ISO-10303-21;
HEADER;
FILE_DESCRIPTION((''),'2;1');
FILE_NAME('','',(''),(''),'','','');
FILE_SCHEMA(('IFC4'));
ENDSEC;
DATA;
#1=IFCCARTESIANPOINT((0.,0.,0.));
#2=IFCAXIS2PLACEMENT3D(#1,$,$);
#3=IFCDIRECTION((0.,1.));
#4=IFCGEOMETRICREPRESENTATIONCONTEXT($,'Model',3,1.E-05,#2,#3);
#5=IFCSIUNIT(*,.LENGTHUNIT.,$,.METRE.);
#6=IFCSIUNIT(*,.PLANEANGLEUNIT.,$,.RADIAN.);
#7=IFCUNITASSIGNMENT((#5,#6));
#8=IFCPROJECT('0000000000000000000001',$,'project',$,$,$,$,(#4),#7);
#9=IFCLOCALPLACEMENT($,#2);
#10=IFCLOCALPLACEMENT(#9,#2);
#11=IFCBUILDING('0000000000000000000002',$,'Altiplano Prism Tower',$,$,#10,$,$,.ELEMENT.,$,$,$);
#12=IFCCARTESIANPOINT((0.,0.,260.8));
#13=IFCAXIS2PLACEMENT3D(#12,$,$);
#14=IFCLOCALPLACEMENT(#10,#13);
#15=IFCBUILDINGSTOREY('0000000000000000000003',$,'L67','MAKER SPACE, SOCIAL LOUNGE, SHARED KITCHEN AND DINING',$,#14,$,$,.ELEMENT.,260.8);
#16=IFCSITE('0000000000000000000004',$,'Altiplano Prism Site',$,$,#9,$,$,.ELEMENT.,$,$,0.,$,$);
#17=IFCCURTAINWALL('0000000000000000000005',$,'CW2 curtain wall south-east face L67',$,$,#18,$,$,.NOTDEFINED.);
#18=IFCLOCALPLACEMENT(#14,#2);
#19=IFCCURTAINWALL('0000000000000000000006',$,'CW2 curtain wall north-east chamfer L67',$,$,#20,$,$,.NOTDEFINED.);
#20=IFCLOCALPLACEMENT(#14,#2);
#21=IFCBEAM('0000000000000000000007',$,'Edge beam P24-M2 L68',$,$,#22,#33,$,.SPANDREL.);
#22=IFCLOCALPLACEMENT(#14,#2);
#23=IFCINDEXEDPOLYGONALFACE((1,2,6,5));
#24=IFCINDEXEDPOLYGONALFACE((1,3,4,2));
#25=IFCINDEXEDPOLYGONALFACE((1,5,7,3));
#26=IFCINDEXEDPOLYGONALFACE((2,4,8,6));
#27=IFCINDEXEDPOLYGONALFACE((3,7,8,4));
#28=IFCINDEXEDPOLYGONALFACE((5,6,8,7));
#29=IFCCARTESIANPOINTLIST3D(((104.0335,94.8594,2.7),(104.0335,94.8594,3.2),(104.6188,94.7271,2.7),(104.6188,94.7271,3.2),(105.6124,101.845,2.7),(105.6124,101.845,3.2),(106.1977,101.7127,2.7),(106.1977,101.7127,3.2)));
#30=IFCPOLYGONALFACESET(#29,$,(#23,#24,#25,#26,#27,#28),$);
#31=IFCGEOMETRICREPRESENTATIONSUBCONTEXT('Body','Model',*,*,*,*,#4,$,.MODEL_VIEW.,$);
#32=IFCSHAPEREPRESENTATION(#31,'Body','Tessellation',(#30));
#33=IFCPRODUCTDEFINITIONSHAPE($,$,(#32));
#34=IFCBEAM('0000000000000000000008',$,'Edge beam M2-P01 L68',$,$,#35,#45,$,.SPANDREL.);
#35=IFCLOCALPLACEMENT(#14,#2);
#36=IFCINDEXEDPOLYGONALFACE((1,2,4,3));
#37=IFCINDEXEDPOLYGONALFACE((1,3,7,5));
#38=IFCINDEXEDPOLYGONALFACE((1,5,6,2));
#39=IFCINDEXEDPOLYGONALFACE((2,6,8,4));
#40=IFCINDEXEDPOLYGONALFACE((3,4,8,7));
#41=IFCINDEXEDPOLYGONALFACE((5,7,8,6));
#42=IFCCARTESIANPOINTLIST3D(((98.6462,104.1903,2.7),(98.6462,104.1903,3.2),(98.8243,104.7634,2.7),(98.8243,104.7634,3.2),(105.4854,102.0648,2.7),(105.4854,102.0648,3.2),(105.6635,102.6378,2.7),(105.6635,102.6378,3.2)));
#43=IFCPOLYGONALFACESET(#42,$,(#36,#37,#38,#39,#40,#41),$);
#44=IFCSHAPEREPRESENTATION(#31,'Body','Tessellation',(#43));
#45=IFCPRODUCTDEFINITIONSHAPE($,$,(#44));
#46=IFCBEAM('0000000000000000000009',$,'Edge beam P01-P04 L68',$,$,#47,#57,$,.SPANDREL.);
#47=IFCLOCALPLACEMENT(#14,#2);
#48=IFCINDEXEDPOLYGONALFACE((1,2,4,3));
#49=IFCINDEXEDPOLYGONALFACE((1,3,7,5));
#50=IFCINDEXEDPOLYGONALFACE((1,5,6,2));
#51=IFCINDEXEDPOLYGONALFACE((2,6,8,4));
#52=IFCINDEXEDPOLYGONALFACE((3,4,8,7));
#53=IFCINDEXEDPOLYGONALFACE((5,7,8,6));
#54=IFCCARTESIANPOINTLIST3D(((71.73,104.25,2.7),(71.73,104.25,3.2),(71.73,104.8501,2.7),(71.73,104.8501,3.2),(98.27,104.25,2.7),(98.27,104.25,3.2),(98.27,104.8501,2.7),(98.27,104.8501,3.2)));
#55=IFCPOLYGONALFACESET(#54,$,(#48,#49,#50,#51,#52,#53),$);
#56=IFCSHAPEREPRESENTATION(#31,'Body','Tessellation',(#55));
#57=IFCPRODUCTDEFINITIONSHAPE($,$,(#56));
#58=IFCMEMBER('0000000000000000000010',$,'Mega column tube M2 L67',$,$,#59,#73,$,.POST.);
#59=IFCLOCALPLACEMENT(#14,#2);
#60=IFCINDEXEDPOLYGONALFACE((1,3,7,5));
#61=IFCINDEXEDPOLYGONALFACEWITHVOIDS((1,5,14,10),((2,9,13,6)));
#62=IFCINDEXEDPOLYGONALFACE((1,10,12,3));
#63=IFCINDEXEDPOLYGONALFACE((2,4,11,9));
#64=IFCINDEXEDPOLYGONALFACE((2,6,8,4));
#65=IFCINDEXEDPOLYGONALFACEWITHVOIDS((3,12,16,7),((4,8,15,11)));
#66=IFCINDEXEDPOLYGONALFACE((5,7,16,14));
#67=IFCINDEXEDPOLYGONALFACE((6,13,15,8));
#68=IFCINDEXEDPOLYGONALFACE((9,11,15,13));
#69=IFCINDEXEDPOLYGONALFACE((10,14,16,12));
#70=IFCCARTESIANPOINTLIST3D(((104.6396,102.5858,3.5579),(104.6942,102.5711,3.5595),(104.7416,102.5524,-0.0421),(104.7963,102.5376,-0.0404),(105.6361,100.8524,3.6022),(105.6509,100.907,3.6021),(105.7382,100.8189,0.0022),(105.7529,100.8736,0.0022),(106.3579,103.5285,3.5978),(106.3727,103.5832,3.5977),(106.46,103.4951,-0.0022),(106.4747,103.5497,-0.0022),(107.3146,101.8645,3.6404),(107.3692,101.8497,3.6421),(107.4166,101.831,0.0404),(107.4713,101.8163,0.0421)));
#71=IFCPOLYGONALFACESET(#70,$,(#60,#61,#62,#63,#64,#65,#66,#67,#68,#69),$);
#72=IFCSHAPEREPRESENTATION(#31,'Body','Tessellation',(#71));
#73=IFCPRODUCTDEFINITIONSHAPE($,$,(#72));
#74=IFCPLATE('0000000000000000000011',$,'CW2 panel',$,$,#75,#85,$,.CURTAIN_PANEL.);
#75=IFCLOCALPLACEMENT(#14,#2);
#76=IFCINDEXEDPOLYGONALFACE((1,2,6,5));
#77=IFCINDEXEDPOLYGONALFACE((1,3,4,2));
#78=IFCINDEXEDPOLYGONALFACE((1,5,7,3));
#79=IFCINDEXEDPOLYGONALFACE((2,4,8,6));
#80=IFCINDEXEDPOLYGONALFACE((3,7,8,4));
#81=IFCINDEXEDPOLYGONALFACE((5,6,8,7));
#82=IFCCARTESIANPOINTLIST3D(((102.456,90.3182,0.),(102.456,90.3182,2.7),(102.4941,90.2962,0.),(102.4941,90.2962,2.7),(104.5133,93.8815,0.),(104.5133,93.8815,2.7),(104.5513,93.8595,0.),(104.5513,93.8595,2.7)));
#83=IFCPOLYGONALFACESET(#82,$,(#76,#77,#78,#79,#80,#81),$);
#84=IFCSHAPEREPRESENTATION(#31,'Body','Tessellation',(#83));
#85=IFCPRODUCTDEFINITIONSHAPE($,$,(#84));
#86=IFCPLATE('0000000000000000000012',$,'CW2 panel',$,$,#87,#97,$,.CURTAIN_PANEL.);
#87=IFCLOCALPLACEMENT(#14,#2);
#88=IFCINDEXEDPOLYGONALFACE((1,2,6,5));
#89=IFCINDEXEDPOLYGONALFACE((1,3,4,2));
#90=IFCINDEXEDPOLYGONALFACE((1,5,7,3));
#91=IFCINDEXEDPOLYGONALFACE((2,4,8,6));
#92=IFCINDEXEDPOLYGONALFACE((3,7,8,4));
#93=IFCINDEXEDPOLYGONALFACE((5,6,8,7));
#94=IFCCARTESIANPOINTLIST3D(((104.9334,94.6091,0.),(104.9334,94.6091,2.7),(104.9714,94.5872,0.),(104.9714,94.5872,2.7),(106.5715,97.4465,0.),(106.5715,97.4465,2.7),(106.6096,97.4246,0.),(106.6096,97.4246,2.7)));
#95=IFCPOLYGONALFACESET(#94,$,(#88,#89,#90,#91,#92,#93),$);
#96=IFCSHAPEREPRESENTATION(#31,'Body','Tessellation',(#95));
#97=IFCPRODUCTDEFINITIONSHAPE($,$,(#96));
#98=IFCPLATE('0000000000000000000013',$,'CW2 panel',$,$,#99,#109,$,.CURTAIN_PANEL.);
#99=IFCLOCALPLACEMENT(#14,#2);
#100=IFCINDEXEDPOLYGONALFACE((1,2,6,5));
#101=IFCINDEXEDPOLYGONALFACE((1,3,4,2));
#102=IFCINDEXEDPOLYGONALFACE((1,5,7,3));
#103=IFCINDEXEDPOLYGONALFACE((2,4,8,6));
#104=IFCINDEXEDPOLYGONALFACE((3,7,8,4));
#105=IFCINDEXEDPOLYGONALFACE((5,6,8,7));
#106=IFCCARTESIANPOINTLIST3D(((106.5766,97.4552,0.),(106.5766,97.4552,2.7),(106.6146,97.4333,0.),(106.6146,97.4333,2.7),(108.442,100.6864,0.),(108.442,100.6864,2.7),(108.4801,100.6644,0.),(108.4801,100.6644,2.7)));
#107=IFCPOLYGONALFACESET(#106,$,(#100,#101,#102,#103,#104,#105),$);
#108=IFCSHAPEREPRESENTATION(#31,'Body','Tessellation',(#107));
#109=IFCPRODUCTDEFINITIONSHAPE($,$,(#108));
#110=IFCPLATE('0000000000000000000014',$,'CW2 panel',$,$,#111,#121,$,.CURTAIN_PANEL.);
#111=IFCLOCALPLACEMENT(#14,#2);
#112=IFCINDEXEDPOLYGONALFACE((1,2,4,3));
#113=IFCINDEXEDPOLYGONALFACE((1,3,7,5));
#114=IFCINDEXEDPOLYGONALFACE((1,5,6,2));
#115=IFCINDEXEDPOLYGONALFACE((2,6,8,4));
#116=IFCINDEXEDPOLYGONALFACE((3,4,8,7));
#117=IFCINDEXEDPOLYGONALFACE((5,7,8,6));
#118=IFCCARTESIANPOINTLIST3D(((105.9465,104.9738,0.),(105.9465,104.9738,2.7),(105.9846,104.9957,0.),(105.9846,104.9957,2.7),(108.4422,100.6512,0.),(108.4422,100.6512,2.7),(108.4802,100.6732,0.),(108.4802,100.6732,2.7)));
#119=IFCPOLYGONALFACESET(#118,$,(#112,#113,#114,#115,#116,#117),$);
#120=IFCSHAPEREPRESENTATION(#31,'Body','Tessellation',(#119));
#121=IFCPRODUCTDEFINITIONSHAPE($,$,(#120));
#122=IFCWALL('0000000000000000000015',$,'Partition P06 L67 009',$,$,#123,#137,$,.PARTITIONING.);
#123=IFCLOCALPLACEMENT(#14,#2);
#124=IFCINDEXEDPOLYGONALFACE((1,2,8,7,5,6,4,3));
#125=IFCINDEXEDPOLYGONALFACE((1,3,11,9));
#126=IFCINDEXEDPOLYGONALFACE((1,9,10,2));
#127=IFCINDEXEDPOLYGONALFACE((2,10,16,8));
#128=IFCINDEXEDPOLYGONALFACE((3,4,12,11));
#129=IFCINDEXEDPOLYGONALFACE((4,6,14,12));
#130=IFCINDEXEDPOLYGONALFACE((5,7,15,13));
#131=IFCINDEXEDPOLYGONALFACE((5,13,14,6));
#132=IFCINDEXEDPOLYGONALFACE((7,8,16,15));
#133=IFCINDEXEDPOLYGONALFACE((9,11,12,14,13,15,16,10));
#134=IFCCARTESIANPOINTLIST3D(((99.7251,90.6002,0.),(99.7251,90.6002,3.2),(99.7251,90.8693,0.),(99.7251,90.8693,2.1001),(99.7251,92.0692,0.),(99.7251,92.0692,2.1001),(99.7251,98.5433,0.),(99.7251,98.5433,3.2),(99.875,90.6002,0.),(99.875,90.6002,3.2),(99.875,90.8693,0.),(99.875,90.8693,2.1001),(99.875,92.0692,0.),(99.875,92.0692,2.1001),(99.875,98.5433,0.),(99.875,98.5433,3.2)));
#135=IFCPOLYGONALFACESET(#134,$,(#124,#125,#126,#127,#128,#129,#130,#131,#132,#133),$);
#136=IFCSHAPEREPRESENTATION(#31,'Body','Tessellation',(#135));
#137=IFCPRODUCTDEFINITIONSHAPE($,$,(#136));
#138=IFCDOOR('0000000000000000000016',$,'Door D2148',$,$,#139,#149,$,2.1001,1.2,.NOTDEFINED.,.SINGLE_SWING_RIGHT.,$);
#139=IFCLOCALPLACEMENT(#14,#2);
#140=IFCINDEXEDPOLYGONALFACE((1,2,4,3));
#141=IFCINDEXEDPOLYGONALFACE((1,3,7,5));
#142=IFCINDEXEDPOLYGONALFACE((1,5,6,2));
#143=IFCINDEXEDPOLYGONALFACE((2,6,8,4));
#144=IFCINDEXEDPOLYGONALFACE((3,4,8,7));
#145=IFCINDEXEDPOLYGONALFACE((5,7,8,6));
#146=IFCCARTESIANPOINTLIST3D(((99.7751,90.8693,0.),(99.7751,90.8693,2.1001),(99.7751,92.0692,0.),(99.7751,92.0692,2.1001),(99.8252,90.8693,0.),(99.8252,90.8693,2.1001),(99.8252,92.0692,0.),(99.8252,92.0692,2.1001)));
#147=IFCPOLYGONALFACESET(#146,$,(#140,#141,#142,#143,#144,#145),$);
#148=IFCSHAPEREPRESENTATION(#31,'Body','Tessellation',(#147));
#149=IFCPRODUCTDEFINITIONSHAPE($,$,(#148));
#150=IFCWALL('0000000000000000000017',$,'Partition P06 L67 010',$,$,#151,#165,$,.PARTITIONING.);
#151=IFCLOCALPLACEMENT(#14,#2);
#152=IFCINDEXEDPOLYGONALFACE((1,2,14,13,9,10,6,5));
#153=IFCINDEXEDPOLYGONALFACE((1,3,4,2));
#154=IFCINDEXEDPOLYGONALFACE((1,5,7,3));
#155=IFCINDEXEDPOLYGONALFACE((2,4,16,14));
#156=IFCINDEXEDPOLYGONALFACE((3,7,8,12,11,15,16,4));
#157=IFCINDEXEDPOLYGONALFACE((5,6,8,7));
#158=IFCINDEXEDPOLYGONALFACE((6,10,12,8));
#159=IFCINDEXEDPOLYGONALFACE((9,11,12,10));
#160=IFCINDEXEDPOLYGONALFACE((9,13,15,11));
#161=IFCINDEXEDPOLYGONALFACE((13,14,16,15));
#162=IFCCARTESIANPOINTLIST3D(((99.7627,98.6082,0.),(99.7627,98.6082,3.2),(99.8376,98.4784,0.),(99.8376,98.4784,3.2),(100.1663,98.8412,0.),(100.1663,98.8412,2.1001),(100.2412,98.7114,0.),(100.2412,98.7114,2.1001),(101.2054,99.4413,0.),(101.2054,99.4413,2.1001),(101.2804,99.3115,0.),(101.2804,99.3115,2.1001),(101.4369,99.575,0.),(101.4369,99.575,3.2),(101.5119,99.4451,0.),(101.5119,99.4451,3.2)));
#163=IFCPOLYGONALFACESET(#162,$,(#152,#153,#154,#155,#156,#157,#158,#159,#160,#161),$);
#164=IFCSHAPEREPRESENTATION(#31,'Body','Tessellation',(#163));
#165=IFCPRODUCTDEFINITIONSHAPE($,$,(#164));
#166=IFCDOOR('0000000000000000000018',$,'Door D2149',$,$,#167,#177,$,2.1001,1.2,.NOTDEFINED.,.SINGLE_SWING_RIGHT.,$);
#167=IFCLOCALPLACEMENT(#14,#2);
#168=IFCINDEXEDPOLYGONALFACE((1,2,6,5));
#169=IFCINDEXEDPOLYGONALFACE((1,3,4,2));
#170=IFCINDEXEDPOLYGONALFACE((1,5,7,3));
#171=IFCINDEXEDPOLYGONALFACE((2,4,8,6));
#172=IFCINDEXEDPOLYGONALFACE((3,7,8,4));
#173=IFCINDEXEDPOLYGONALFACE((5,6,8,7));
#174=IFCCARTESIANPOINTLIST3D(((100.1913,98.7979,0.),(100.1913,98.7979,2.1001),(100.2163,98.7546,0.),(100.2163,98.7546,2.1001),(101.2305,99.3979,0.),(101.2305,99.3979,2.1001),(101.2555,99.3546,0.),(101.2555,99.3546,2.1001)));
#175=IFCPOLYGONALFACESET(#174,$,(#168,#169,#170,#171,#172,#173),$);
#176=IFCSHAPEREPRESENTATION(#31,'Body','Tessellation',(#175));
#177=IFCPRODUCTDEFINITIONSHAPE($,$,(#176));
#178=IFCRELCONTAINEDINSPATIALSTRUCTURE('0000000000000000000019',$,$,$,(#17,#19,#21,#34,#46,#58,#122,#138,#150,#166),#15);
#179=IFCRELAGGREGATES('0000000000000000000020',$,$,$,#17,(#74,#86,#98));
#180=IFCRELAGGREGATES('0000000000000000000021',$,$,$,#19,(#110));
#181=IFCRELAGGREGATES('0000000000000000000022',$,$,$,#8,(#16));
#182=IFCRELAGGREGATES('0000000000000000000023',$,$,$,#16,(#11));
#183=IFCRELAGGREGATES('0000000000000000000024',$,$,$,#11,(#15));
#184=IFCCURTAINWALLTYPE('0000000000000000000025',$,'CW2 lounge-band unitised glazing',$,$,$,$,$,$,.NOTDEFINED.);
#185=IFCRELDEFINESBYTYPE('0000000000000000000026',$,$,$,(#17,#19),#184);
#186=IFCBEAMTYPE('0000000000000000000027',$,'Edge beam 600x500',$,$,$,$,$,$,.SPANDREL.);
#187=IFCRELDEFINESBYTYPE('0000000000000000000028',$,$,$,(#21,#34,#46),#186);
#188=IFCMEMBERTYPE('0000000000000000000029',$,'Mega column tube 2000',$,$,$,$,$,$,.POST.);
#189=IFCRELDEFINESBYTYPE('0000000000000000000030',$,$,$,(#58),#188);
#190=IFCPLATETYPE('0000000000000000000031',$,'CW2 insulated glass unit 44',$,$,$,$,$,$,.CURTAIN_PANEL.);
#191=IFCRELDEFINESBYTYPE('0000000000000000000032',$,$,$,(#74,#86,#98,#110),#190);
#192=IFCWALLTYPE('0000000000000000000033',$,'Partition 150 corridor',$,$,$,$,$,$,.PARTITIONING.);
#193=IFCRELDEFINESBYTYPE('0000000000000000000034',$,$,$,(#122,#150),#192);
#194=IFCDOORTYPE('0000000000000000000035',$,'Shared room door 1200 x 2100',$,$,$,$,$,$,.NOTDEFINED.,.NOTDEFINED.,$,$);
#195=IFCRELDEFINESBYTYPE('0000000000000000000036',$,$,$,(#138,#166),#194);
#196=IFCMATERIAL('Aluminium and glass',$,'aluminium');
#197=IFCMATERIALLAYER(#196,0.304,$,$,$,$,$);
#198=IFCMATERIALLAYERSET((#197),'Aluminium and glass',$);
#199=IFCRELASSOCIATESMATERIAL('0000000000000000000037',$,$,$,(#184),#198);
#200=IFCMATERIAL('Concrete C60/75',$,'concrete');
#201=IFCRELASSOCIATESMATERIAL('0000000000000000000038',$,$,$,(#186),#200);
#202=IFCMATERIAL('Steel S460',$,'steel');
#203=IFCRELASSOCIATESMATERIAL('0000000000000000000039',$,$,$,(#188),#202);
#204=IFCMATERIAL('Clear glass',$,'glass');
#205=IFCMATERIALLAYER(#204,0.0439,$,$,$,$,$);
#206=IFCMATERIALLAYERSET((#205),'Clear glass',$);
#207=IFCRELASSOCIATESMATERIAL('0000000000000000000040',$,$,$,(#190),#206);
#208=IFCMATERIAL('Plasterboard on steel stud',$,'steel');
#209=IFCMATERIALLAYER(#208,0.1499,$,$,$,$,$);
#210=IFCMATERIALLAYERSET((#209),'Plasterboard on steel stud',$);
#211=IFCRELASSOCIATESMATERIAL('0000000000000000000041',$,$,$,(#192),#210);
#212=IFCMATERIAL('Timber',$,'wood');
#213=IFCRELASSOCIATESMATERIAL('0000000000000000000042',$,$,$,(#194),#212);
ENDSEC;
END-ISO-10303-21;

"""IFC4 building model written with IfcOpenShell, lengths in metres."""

from ifc_helpers import new_model, si_unit, direction, frame, frame_2d, origin, origin_2d, place, context, subcontext, project, spatial, rectangle, hollow_rectangle, extrude, material, layer, layer_set, material_profile, profile_set, type_object, element, fill, aggregate, save


model = new_model("IFC4")

# Units and contexts
model_context = context("Model", 3, precision=1e-05, world=origin(), true_north=direction((0.0, 1.0)))
body_context = subcontext(model_context, "Body", "Model", "MODEL_VIEW")
ifc_project = project(units=[si_unit("LENGTHUNIT", "METRE"), si_unit("PLANEANGLEUNIT", "RADIAN")], contexts=[model_context])

# Site, building, storey
site_placement = place(None, origin())
site = spatial("IfcSite", under=ifc_project, at=site_placement, Name="Altiplano Prism Site", CompositionType="ELEMENT", RefElevation=0.0)
building_placement = place(site_placement, origin())
building = spatial("IfcBuilding", under=site, at=building_placement, Name="Altiplano Prism Tower", CompositionType="ELEMENT")
storey_placement = place(building_placement, frame((0.0, 0.0, 260.8)))
storey = spatial("IfcBuildingStorey", under=building, at=storey_placement, Name="L67", Description="MAKER SPACE, SOCIAL LOUNGE, SHARED KITCHEN AND DINING", CompositionType="ELEMENT", Elevation=260.8)

# Shared definitions
ifc_material_1 = material(Name="Concrete C60/75", Category="concrete")

# Curtain wall
ifc_material_2 = material(Name="Aluminium and glass", Category="aluminium")
ifc_layer_1 = layer(ifc_material_2, 0.304)
ifc_layer_set_1 = layer_set([ifc_layer_1], Name="Aluminium and glass")
curtain_wall_type = type_object("IfcCurtainWallType", Name="CW2 lounge-band unitised glazing", PredefinedType="NOTDEFINED", material=ifc_layer_set_1)
curtain_wall_1_placement = place(storey_placement, origin())
curtain_wall_1 = element("IfcCurtainWall", 1, at=curtain_wall_1_placement, inside=storey, type_object=curtain_wall_type, Name="CW2 curtain wall south-east face L67", PredefinedType="NOTDEFINED")

# Curtain wall
curtain_wall_2_placement = place(storey_placement, origin())
curtain_wall_2 = element("IfcCurtainWall", 2, at=curtain_wall_2_placement, inside=storey, type_object=curtain_wall_type, Name="CW2 curtain wall north-east chamfer L67", PredefinedType="NOTDEFINED")

# Beams
ifc_material_profile_1 = material_profile(ifc_material_1, rectangle(XDim=0.6001, YDim=0.5, at=origin_2d()), Name="Edge beam 600x500")
ifc_profile_set_1 = profile_set([ifc_material_profile_1], Name="Concrete C60/75")
beam_type = type_object("IfcBeamType", Name="Edge beam 600x500", PredefinedType="SPANDREL", material=ifc_profile_set_1)
for number, where, z_axis, x_axis, name in (
    (3, (104.3262, 94.7932, 2.95), (0.220455, 0.975397, 0.0), (-0.975397, 0.220455, 0.0), "Edge beam P24-M2 L68"),
    (4, (105.5745, 102.3513, 2.95), (-0.954945, 0.296782, 0.0), (-0.296782, -0.954945, 0.0), "Edge beam M2-P01 L68"),
):
    element("IfcBeam", number, at=place(storey_placement, frame(where, z_axis=z_axis, x_axis=x_axis)), inside=storey, type_object=beam_type, Name=name, PredefinedType="SPANDREL", context=body_context, shape_type="SweptSolid", body=[
        extrude(rectangle(XDim=0.6001, YDim=0.5, at=origin_2d()), origin(), (0.0, 0.0, 1.0), 7.1619),
    ])
beam_placement = place(storey_placement, frame((98.27, 104.55, 2.95), z_axis=(-1.0, 0.0, 0.0), x_axis=(0.0, -1.0, 0.0)))
element("IfcBeam", 5, at=beam_placement, inside=storey, type_object=beam_type, Name="Edge beam P01-P04 L68", PredefinedType="SPANDREL", context=body_context, shape_type="SweptSolid", body=[
    extrude(rectangle(XDim=0.6001, YDim=0.5, at=origin_2d()), origin(), (0.0, 0.0, 1.0), 26.54),
])

# Member
ifc_material_3 = material(Name="Steel S460", Category="steel")
ifc_material_profile_2 = material_profile(ifc_material_3, hollow_rectangle(XDim=2.0, YDim=2.0, WallThickness=0.04, at=origin_2d()), Name="Mega column tube 2000")
ifc_profile_set_2 = profile_set([ifc_material_profile_2], Name="Steel S460")
member_type_1 = type_object("IfcMemberType", Name="Mega column tube 2000", PredefinedType="POST", material=ifc_profile_set_2)
member_1_placement = place(storey_placement, frame((106.1064, 102.1843, 0.0), z_axis=(-0.028336, 0.009287, 0.999555), x_axis=(0.498283, -0.866731, 0.022179)))
element("IfcMember", 6, at=member_1_placement, inside=storey, type_object=member_type_1, Name="Mega column tube M2 L67", PredefinedType="POST", context=body_context, shape_type="SweptSolid", body=[
    extrude(hollow_rectangle(XDim=2.0, YDim=2.0, WallThickness=0.04, at=origin_2d()), origin(), (0.0, 0.0, 1.0), 3.6016),
])

# Plates
ifc_material_4 = material(Name="Clear glass", Category="glass")
ifc_layer_2 = layer(ifc_material_4, 0.0439)
ifc_layer_set_2 = layer_set([ifc_layer_2], Name="Clear glass")
plate_type = type_object("IfcPlateType", Name="CW2 insulated glass unit 44", PredefinedType="CURTAIN_PANEL", material=ifc_layer_set_2)
plate_1_placement = place(storey_placement, frame((103.5037, 92.0889, 0.0), z_axis=(0.0, 0.0, 1.0), x_axis=(0.5, 0.866025, 0.0)))
plate_1 = element("IfcPlate", 7, at=plate_1_placement, type_object=plate_type, Name="CW2 panel", PredefinedType="CURTAIN_PANEL", context=body_context, shape_type="SweptSolid", body=[
    extrude(rectangle(XDim=4.1145, YDim=0.0439, at=origin_2d()), origin(), (0.0, 0.0, 1.0), 2.7),
])
plate_2_placement = place(storey_placement, frame((105.7715, 96.0168, 0.0), z_axis=(0.0, 0.0, 1.0), x_axis=(0.5, 0.866025, 0.0)))
plate_2 = element("IfcPlate", 8, at=plate_2_placement, type_object=plate_type, Name="CW2 panel", PredefinedType="CURTAIN_PANEL", context=body_context, shape_type="SweptSolid", body=[
    extrude(rectangle(XDim=3.2764, YDim=0.0439, at=origin_2d()), origin(), (0.0, 0.0, 1.0), 2.7),
])
plate_3_placement = place(storey_placement, frame((107.5283, 99.0598, 0.0), z_axis=(0.0, 0.0, 1.0), x_axis=(0.5, 0.866025, 0.0)))
plate_3 = element("IfcPlate", 9, at=plate_3_placement, type_object=plate_type, Name="CW2 panel", PredefinedType="CURTAIN_PANEL", context=body_context, shape_type="SweptSolid", body=[
    extrude(rectangle(XDim=3.731, YDim=0.0439, at=origin_2d()), origin(), (0.0, 0.0, 1.0), 2.7),
])
aggregate(curtain_wall_1, [plate_1, plate_2, plate_3])
plate_4_placement = place(storey_placement, frame((107.2134, 102.8235, 0.0), z_axis=(0.0, 0.0, 1.0), x_axis=(-0.5, 0.866025, 0.0)))
plate_4 = element("IfcPlate", 10, at=plate_4_placement, type_object=plate_type, Name="CW2 panel", PredefinedType="CURTAIN_PANEL", context=body_context, shape_type="SweptSolid", body=[
    extrude(rectangle(XDim=4.9912, YDim=0.0439, at=origin_2d()), origin(), (0.0, 0.0, 1.0), 2.7),
])
aggregate(curtain_wall_2, [plate_4])

# Walls, openings, doors
ifc_material_5 = material(Name="Plasterboard on steel stud", Category="steel")
ifc_layer_3 = layer(ifc_material_5, 0.1499)
ifc_layer_set_3 = layer_set([ifc_layer_3], Name="Plasterboard on steel stud")
wall_type_1 = type_object("IfcWallType", Name="Partition 150 corridor", PredefinedType="PARTITIONING", material=ifc_layer_set_3)
wall_1_placement = place(storey_placement, frame((99.8, 90.6001, 0.0), z_axis=(0.0, 0.0, 1.0), x_axis=(0.0, 1.0, 0.0)))
wall_1 = element("IfcWall", 11, at=wall_1_placement, inside=storey, type_object=wall_type_1, Name="Partition P06 L67 009", PredefinedType="PARTITIONING", context=body_context, shape_type="SweptSolid", body=[
    extrude(rectangle(XDim=7.9431, YDim=0.1499, at=frame_2d((3.9717, 0.0))), origin(), (0.0, 0.0, 1.0), 3.2),
])
opening_1_placement = place(wall_1_placement, frame((0.269, 0.0, 0.0)))
opening_1 = element("IfcOpeningElement", 12, at=opening_1_placement, cuts=wall_1, PredefinedType="OPENING", context=body_context, shape_type="SweptSolid", body=[
    extrude(rectangle(XDim=1.2, YDim=2.1001, at=frame_2d((0.6001, 1.05))), frame((0.0, 0.0854, 0.0), z_axis=(0.0, -1.0, 0.0), x_axis=(1.0, 0.0, 0.0)), (0.0, 0.0, 1.0), 0.1709),
])
ifc_material_6 = material(Name="Timber", Category="wood")
door_type_1 = type_object("IfcDoorType", Name="Shared room door 1200 x 2100", OperationType="NOTDEFINED", PredefinedType="NOTDEFINED", material=ifc_material_6)
door_1_placement = place(opening_1_placement, origin())
door_1 = element("IfcDoor", 13, at=door_1_placement, inside=storey, type_object=door_type_1, Name="Door D2148", OperationType="SINGLE_SWING_RIGHT", OverallHeight=2.1001, OverallWidth=1.2, PredefinedType="NOTDEFINED", context=body_context, shape_type="SweptSolid", body=[
    extrude(rectangle(XDim=1.2, YDim=2.1001, at=frame_2d((0.6001, 1.05))), frame((0.0, 0.0249, 0.0), z_axis=(0.0, -1.0, 0.0), x_axis=(1.0, 0.0, 0.0)), (0.0, 0.0, 1.0), 0.05),
])
fill(opening_1, door_1)
wall_2_placement = place(storey_placement, frame((99.8, 98.5432, 0.0), z_axis=(0.0, 0.0, 1.0), x_axis=(0.865996, 0.50005, 0.0)))
wall_2 = element("IfcWall", 14, at=wall_2_placement, inside=storey, type_object=wall_type_1, Name="Partition P06 L67 010", PredefinedType="PARTITIONING", context=body_context, shape_type="SweptSolid", body=[
    extrude(rectangle(XDim=1.9333, YDim=0.1499, at=frame_2d((0.9668, 0.0))), origin(), (0.0, 0.0, 1.0), 3.2),
])
opening_2_placement = place(wall_2_placement, frame((0.4661, 0.0, 0.0)))
opening_2 = element("IfcOpeningElement", 15, at=opening_2_placement, cuts=wall_2, PredefinedType="OPENING", context=body_context, shape_type="SweptSolid", body=[
    extrude(rectangle(XDim=1.2, YDim=2.1001, at=frame_2d((0.6001, 1.05))), frame((0.0, 0.0854, 0.0), z_axis=(0.0, -1.0, 0.0), x_axis=(1.0, 0.0, 0.0)), (0.0, 0.0, 1.0), 0.1709),
])
door_2_placement = place(opening_2_placement, origin())
door_2 = element("IfcDoor", 16, at=door_2_placement, inside=storey, type_object=door_type_1, Name="Door D2149", OperationType="SINGLE_SWING_RIGHT", OverallHeight=2.1001, OverallWidth=1.2, PredefinedType="NOTDEFINED", context=body_context, shape_type="SweptSolid", body=[
    extrude(rectangle(XDim=1.2, YDim=2.1001, at=frame_2d((0.6001, 1.05))), frame((0.0, 0.0249, 0.0), z_axis=(0.0, -1.0, 0.0), x_axis=(1.0, 0.0, 0.0)), (0.0, 0.0, 1.0), 0.05),
])
fill(opening_2, door_2)

save(model, "model.ifc")
